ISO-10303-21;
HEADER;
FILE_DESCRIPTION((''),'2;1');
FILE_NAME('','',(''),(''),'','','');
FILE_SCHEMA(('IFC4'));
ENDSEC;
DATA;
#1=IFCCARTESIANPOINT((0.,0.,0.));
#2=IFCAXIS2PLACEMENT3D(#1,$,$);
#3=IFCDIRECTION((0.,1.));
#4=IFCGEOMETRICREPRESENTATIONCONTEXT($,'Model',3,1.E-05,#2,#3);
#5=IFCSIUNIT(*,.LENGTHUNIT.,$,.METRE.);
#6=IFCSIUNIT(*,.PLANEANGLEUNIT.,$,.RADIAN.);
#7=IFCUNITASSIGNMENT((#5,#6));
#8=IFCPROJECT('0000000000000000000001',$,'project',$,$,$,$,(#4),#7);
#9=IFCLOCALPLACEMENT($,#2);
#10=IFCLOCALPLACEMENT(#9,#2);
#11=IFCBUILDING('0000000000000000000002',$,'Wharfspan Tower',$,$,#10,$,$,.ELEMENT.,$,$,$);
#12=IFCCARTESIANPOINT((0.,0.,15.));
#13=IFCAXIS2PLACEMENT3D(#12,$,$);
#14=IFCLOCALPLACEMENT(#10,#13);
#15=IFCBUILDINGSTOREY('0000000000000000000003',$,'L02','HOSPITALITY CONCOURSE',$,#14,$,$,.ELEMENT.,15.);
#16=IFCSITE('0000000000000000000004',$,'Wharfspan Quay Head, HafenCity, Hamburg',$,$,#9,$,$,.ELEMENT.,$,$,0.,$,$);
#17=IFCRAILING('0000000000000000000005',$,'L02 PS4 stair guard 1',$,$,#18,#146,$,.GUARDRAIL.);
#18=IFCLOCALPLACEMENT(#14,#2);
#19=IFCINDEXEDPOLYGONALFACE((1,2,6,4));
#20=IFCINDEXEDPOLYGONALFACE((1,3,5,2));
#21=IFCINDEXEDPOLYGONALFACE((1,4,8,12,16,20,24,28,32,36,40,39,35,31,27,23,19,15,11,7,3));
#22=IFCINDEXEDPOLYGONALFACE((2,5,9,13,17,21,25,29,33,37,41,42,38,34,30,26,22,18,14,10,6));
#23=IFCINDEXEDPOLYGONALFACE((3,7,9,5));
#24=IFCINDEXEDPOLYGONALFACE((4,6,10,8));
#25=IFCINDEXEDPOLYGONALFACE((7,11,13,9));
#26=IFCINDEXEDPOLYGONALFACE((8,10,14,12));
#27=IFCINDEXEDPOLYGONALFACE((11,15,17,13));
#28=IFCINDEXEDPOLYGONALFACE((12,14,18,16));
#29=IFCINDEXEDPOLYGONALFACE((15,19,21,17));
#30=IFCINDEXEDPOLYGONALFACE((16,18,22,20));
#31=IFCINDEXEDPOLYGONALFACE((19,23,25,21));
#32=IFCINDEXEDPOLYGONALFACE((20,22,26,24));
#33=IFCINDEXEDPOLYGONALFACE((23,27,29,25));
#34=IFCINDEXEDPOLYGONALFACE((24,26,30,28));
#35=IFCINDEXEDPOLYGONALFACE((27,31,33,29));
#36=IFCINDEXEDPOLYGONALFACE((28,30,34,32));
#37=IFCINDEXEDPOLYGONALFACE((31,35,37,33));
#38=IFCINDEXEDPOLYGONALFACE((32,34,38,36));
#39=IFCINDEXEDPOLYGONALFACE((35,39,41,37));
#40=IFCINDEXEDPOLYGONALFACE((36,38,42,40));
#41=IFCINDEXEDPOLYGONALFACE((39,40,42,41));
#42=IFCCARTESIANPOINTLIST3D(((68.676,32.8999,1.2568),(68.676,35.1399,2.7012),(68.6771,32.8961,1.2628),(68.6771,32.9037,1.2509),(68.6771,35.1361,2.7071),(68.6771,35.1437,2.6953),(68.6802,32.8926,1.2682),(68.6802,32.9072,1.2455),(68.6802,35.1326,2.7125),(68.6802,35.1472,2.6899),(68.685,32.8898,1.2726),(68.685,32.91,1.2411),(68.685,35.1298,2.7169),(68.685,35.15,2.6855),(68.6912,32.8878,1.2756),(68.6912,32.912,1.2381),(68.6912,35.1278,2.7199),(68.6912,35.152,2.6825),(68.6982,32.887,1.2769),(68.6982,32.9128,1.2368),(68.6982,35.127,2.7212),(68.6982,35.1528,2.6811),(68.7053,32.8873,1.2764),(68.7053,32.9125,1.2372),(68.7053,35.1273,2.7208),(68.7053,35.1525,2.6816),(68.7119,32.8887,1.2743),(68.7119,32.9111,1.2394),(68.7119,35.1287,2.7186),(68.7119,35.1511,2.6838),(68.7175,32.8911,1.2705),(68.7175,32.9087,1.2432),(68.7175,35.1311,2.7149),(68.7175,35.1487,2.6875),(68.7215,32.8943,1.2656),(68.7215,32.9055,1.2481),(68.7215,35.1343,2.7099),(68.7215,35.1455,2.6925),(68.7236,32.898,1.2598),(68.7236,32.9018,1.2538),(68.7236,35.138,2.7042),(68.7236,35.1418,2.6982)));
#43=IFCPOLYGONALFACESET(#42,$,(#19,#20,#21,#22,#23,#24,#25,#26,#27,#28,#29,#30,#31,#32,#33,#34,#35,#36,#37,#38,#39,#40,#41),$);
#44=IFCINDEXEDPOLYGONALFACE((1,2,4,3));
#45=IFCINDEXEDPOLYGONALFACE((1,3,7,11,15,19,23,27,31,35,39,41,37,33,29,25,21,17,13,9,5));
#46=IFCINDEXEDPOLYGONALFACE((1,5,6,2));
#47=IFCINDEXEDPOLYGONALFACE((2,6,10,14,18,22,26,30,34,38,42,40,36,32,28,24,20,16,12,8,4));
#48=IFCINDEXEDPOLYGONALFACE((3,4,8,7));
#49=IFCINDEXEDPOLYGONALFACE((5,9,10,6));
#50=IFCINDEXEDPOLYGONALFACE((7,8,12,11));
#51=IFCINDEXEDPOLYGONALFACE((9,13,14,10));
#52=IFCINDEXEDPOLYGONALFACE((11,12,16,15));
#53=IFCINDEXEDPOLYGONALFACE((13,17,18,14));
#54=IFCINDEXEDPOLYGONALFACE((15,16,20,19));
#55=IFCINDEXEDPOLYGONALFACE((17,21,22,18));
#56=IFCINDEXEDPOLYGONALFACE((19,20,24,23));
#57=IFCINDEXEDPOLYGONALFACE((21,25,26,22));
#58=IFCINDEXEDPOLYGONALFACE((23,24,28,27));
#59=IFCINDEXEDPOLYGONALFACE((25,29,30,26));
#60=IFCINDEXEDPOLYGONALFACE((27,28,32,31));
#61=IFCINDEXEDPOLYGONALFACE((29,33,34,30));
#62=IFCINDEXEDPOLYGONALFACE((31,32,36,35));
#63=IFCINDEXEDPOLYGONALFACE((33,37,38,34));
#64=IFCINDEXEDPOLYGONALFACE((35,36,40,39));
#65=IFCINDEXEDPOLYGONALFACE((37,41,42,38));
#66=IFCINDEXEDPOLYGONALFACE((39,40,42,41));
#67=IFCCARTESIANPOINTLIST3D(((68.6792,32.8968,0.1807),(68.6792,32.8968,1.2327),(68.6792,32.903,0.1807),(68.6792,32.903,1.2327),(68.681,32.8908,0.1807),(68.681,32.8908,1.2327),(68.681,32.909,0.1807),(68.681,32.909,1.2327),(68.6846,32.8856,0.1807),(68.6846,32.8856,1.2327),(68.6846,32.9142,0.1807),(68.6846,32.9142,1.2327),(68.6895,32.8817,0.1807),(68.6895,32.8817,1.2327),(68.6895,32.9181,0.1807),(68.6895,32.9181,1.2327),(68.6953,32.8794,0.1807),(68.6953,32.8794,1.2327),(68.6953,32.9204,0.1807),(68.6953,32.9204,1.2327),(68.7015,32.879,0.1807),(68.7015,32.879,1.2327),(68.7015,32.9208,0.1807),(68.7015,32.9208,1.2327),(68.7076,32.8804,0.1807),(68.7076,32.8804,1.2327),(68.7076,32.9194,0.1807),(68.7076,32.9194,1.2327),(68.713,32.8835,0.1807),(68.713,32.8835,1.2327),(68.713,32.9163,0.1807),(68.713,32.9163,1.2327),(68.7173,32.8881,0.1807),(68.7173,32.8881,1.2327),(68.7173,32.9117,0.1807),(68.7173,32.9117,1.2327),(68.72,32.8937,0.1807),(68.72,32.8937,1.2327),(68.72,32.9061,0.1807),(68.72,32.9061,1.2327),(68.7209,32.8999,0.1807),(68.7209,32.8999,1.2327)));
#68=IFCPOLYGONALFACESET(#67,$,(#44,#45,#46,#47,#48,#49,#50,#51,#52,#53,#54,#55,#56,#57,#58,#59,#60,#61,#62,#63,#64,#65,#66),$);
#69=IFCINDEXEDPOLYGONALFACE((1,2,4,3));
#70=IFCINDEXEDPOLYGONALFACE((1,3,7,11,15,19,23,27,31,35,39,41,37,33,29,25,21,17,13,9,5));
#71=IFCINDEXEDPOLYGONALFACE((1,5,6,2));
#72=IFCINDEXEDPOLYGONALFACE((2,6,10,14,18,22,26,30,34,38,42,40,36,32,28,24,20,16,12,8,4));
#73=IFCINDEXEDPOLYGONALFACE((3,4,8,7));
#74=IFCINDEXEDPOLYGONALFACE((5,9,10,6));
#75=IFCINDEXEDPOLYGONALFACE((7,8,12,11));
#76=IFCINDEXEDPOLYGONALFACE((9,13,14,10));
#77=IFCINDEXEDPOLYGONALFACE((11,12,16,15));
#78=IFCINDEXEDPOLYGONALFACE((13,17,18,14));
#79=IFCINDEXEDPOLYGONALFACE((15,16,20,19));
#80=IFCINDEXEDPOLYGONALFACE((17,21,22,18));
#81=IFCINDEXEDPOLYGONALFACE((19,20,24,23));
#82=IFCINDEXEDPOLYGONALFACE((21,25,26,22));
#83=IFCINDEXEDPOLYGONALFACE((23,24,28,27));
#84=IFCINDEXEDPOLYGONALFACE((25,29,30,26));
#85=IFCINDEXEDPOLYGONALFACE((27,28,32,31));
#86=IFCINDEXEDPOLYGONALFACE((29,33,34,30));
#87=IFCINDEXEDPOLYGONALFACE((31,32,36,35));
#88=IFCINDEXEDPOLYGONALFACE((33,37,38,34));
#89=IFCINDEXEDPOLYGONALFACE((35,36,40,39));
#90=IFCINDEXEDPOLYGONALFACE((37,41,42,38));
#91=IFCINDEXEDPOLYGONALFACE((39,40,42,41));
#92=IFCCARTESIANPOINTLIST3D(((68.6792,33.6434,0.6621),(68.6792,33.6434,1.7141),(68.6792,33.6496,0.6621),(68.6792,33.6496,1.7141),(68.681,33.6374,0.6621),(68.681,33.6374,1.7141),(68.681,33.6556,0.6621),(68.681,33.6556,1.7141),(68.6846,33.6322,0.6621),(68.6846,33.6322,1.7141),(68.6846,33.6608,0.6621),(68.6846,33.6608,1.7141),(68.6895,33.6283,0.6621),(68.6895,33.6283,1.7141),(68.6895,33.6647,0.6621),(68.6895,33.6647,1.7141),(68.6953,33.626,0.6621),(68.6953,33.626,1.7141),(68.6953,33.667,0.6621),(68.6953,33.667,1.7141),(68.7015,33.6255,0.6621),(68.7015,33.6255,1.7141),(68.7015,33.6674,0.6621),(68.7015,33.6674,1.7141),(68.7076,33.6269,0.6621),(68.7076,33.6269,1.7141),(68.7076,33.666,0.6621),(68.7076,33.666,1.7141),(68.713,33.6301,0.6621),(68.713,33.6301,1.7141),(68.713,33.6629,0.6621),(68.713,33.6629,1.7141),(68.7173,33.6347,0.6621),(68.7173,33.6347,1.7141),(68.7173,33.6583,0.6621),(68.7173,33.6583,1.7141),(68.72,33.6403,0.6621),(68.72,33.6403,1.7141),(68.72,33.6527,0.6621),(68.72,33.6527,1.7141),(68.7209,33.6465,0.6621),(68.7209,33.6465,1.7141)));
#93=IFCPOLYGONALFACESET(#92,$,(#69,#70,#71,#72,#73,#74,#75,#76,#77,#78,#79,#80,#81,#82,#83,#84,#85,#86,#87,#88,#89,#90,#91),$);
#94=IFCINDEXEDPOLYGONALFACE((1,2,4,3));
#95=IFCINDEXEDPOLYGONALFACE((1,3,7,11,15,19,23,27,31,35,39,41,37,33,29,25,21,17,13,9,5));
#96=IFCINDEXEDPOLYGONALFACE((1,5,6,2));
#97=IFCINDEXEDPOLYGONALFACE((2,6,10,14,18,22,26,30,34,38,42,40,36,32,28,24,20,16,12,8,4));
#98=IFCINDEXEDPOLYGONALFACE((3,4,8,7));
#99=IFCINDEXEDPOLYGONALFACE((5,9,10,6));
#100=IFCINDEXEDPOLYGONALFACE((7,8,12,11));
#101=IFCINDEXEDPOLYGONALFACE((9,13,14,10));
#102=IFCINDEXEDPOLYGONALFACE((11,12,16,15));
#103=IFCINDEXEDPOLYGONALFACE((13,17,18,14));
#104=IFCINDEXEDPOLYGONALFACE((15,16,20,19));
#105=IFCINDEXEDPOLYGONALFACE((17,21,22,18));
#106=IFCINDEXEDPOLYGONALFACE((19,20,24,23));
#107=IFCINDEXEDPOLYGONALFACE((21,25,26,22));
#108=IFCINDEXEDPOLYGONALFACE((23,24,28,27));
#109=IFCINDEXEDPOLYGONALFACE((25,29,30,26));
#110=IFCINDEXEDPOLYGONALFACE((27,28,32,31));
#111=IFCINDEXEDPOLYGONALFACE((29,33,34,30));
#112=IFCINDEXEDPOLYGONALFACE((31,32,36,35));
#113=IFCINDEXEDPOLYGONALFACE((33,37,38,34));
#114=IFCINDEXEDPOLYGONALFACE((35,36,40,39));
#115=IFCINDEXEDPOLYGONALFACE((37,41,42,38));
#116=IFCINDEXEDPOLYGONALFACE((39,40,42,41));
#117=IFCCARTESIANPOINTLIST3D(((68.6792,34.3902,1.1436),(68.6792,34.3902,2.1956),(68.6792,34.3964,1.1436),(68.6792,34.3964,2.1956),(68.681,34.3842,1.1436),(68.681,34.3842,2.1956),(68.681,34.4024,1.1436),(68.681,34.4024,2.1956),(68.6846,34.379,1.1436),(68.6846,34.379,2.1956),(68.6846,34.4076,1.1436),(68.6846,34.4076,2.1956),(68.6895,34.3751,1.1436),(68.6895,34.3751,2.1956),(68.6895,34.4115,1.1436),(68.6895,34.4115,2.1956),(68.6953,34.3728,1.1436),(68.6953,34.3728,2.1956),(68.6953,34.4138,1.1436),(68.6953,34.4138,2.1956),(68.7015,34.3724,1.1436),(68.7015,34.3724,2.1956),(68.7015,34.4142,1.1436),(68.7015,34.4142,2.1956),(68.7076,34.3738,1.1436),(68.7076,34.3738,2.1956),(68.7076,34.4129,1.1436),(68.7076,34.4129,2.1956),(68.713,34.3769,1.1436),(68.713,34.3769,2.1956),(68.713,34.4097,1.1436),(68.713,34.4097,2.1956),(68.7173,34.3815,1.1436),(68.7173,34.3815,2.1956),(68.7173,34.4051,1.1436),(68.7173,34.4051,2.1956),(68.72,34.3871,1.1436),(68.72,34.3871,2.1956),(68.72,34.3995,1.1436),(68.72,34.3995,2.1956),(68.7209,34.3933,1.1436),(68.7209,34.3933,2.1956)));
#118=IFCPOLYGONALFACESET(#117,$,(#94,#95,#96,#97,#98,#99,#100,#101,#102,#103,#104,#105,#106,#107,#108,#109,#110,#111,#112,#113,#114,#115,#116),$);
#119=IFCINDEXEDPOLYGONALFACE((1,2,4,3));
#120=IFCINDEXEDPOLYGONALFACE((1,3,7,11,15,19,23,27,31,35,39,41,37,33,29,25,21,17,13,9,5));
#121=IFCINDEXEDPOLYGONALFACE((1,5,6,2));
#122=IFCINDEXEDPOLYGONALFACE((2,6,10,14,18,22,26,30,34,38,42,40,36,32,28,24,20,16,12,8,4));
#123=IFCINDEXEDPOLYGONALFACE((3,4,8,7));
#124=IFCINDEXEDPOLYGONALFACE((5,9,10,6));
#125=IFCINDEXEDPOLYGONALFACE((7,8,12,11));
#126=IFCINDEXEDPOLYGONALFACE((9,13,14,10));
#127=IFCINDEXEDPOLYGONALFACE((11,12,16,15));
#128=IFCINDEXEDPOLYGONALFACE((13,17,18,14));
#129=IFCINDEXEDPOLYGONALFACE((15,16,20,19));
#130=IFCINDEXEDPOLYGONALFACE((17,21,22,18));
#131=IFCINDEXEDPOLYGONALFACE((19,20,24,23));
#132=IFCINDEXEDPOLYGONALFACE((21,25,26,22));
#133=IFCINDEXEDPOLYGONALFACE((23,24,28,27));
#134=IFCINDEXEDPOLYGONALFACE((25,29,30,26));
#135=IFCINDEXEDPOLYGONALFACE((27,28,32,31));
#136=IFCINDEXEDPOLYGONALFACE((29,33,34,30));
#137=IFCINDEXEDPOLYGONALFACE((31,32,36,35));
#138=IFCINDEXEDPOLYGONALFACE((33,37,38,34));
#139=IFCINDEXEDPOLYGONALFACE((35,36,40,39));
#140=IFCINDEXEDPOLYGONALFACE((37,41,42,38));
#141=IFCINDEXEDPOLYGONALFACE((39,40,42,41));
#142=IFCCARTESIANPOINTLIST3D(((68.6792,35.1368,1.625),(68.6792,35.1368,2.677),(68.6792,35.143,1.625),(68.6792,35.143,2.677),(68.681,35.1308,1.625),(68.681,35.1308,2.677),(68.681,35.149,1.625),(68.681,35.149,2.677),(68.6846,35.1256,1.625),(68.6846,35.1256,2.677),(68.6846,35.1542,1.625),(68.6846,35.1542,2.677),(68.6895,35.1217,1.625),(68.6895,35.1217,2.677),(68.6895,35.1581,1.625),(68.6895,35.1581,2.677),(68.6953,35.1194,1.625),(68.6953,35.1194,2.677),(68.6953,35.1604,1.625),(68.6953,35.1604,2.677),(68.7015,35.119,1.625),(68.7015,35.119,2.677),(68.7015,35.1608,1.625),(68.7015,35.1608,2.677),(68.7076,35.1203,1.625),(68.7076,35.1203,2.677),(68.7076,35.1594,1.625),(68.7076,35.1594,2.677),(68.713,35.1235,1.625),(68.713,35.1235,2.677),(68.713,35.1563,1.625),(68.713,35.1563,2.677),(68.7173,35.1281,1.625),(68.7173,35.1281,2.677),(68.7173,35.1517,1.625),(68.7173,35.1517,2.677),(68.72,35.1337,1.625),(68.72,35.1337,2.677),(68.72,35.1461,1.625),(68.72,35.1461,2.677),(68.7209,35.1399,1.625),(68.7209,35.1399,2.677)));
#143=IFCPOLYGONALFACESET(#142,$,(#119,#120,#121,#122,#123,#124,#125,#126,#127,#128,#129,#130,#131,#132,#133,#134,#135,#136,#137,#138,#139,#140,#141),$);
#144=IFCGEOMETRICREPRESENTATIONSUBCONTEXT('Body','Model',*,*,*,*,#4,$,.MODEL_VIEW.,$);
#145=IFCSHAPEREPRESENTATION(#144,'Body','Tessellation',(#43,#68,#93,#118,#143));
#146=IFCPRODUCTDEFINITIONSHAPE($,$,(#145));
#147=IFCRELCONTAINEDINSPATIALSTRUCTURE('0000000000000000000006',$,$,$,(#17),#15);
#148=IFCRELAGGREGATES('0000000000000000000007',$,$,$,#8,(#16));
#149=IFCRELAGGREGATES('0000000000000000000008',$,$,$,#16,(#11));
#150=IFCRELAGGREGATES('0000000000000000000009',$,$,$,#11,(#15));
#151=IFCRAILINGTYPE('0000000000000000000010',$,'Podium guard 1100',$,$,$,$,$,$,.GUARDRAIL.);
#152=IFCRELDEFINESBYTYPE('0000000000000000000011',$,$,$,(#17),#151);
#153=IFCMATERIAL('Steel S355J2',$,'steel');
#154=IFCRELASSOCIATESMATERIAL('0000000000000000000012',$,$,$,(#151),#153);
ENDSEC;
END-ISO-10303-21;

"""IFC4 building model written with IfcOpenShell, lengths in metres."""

from ifc_helpers import new_model, si_unit, direction, frame, origin, origin_2d, place, context, subcontext, project, spatial, circle, extrude, material, type_object, element, save


model = new_model("IFC4")

# Units and contexts
model_context = context("Model", 3, precision=1e-05, world=origin(), true_north=direction((0.0, 1.0)))
body_context = subcontext(model_context, "Body", "Model", "MODEL_VIEW")
ifc_project = project(units=[si_unit("LENGTHUNIT", "METRE"), si_unit("PLANEANGLEUNIT", "RADIAN")], contexts=[model_context])

# Site, building, storey
site_placement = place(None, origin())
site = spatial("IfcSite", under=ifc_project, at=site_placement, Name="Wharfspan Quay Head, HafenCity, Hamburg", CompositionType="ELEMENT", RefElevation=0.0)
building_placement = place(site_placement, origin())
building = spatial("IfcBuilding", under=site, at=building_placement, Name="Wharfspan Tower", CompositionType="ELEMENT")
storey_placement = place(building_placement, frame((0.0, 0.0, 15.0)))
storey = spatial("IfcBuildingStorey", under=building, at=storey_placement, Name="L02", Description="HOSPITALITY CONCOURSE", CompositionType="ELEMENT", Elevation=15.0)

# Railing
ifc_material_1 = material(Name="Steel S355J2", Category="steel")
railing_type_1 = type_object("IfcRailingType", Name="Podium guard 1100", PredefinedType="GUARDRAIL", material=ifc_material_1)
railing_1_placement = place(storey_placement, frame((68.7, 32.8999, 0.1807)))
element("IfcRailing", 1, at=railing_1_placement, inside=storey, type_object=railing_type_1, Name="L02 PS4 stair guard 1", PredefinedType="GUARDRAIL", context=body_context, shape_type="SweptSolid", body=[
    extrude(circle(Radius=0.0239, at=origin_2d()), frame((0.0, 0.0, 1.0762), z_axis=(0.0, 0.840437, 0.54191), x_axis=(-1.0, 0.0, 0.0)), (0.0, 0.0, 1.0), 2.6653),
    extrude(circle(Radius=0.021, at=origin_2d()), origin(), (0.0, 0.0, 1.0), 1.052),
    extrude(circle(Radius=0.021, at=origin_2d()), frame((0.0, 0.7466, 0.4814)), (0.0, 0.0, 1.0), 1.052),
    extrude(circle(Radius=0.021, at=origin_2d()), frame((0.0, 1.4934, 0.9629)), (0.0, 0.0, 1.0), 1.052),
    extrude(circle(Radius=0.021, at=origin_2d()), frame((0.0, 2.24, 1.4443)), (0.0, 0.0, 1.0), 1.052),
])

save(model, "model.ifc")
